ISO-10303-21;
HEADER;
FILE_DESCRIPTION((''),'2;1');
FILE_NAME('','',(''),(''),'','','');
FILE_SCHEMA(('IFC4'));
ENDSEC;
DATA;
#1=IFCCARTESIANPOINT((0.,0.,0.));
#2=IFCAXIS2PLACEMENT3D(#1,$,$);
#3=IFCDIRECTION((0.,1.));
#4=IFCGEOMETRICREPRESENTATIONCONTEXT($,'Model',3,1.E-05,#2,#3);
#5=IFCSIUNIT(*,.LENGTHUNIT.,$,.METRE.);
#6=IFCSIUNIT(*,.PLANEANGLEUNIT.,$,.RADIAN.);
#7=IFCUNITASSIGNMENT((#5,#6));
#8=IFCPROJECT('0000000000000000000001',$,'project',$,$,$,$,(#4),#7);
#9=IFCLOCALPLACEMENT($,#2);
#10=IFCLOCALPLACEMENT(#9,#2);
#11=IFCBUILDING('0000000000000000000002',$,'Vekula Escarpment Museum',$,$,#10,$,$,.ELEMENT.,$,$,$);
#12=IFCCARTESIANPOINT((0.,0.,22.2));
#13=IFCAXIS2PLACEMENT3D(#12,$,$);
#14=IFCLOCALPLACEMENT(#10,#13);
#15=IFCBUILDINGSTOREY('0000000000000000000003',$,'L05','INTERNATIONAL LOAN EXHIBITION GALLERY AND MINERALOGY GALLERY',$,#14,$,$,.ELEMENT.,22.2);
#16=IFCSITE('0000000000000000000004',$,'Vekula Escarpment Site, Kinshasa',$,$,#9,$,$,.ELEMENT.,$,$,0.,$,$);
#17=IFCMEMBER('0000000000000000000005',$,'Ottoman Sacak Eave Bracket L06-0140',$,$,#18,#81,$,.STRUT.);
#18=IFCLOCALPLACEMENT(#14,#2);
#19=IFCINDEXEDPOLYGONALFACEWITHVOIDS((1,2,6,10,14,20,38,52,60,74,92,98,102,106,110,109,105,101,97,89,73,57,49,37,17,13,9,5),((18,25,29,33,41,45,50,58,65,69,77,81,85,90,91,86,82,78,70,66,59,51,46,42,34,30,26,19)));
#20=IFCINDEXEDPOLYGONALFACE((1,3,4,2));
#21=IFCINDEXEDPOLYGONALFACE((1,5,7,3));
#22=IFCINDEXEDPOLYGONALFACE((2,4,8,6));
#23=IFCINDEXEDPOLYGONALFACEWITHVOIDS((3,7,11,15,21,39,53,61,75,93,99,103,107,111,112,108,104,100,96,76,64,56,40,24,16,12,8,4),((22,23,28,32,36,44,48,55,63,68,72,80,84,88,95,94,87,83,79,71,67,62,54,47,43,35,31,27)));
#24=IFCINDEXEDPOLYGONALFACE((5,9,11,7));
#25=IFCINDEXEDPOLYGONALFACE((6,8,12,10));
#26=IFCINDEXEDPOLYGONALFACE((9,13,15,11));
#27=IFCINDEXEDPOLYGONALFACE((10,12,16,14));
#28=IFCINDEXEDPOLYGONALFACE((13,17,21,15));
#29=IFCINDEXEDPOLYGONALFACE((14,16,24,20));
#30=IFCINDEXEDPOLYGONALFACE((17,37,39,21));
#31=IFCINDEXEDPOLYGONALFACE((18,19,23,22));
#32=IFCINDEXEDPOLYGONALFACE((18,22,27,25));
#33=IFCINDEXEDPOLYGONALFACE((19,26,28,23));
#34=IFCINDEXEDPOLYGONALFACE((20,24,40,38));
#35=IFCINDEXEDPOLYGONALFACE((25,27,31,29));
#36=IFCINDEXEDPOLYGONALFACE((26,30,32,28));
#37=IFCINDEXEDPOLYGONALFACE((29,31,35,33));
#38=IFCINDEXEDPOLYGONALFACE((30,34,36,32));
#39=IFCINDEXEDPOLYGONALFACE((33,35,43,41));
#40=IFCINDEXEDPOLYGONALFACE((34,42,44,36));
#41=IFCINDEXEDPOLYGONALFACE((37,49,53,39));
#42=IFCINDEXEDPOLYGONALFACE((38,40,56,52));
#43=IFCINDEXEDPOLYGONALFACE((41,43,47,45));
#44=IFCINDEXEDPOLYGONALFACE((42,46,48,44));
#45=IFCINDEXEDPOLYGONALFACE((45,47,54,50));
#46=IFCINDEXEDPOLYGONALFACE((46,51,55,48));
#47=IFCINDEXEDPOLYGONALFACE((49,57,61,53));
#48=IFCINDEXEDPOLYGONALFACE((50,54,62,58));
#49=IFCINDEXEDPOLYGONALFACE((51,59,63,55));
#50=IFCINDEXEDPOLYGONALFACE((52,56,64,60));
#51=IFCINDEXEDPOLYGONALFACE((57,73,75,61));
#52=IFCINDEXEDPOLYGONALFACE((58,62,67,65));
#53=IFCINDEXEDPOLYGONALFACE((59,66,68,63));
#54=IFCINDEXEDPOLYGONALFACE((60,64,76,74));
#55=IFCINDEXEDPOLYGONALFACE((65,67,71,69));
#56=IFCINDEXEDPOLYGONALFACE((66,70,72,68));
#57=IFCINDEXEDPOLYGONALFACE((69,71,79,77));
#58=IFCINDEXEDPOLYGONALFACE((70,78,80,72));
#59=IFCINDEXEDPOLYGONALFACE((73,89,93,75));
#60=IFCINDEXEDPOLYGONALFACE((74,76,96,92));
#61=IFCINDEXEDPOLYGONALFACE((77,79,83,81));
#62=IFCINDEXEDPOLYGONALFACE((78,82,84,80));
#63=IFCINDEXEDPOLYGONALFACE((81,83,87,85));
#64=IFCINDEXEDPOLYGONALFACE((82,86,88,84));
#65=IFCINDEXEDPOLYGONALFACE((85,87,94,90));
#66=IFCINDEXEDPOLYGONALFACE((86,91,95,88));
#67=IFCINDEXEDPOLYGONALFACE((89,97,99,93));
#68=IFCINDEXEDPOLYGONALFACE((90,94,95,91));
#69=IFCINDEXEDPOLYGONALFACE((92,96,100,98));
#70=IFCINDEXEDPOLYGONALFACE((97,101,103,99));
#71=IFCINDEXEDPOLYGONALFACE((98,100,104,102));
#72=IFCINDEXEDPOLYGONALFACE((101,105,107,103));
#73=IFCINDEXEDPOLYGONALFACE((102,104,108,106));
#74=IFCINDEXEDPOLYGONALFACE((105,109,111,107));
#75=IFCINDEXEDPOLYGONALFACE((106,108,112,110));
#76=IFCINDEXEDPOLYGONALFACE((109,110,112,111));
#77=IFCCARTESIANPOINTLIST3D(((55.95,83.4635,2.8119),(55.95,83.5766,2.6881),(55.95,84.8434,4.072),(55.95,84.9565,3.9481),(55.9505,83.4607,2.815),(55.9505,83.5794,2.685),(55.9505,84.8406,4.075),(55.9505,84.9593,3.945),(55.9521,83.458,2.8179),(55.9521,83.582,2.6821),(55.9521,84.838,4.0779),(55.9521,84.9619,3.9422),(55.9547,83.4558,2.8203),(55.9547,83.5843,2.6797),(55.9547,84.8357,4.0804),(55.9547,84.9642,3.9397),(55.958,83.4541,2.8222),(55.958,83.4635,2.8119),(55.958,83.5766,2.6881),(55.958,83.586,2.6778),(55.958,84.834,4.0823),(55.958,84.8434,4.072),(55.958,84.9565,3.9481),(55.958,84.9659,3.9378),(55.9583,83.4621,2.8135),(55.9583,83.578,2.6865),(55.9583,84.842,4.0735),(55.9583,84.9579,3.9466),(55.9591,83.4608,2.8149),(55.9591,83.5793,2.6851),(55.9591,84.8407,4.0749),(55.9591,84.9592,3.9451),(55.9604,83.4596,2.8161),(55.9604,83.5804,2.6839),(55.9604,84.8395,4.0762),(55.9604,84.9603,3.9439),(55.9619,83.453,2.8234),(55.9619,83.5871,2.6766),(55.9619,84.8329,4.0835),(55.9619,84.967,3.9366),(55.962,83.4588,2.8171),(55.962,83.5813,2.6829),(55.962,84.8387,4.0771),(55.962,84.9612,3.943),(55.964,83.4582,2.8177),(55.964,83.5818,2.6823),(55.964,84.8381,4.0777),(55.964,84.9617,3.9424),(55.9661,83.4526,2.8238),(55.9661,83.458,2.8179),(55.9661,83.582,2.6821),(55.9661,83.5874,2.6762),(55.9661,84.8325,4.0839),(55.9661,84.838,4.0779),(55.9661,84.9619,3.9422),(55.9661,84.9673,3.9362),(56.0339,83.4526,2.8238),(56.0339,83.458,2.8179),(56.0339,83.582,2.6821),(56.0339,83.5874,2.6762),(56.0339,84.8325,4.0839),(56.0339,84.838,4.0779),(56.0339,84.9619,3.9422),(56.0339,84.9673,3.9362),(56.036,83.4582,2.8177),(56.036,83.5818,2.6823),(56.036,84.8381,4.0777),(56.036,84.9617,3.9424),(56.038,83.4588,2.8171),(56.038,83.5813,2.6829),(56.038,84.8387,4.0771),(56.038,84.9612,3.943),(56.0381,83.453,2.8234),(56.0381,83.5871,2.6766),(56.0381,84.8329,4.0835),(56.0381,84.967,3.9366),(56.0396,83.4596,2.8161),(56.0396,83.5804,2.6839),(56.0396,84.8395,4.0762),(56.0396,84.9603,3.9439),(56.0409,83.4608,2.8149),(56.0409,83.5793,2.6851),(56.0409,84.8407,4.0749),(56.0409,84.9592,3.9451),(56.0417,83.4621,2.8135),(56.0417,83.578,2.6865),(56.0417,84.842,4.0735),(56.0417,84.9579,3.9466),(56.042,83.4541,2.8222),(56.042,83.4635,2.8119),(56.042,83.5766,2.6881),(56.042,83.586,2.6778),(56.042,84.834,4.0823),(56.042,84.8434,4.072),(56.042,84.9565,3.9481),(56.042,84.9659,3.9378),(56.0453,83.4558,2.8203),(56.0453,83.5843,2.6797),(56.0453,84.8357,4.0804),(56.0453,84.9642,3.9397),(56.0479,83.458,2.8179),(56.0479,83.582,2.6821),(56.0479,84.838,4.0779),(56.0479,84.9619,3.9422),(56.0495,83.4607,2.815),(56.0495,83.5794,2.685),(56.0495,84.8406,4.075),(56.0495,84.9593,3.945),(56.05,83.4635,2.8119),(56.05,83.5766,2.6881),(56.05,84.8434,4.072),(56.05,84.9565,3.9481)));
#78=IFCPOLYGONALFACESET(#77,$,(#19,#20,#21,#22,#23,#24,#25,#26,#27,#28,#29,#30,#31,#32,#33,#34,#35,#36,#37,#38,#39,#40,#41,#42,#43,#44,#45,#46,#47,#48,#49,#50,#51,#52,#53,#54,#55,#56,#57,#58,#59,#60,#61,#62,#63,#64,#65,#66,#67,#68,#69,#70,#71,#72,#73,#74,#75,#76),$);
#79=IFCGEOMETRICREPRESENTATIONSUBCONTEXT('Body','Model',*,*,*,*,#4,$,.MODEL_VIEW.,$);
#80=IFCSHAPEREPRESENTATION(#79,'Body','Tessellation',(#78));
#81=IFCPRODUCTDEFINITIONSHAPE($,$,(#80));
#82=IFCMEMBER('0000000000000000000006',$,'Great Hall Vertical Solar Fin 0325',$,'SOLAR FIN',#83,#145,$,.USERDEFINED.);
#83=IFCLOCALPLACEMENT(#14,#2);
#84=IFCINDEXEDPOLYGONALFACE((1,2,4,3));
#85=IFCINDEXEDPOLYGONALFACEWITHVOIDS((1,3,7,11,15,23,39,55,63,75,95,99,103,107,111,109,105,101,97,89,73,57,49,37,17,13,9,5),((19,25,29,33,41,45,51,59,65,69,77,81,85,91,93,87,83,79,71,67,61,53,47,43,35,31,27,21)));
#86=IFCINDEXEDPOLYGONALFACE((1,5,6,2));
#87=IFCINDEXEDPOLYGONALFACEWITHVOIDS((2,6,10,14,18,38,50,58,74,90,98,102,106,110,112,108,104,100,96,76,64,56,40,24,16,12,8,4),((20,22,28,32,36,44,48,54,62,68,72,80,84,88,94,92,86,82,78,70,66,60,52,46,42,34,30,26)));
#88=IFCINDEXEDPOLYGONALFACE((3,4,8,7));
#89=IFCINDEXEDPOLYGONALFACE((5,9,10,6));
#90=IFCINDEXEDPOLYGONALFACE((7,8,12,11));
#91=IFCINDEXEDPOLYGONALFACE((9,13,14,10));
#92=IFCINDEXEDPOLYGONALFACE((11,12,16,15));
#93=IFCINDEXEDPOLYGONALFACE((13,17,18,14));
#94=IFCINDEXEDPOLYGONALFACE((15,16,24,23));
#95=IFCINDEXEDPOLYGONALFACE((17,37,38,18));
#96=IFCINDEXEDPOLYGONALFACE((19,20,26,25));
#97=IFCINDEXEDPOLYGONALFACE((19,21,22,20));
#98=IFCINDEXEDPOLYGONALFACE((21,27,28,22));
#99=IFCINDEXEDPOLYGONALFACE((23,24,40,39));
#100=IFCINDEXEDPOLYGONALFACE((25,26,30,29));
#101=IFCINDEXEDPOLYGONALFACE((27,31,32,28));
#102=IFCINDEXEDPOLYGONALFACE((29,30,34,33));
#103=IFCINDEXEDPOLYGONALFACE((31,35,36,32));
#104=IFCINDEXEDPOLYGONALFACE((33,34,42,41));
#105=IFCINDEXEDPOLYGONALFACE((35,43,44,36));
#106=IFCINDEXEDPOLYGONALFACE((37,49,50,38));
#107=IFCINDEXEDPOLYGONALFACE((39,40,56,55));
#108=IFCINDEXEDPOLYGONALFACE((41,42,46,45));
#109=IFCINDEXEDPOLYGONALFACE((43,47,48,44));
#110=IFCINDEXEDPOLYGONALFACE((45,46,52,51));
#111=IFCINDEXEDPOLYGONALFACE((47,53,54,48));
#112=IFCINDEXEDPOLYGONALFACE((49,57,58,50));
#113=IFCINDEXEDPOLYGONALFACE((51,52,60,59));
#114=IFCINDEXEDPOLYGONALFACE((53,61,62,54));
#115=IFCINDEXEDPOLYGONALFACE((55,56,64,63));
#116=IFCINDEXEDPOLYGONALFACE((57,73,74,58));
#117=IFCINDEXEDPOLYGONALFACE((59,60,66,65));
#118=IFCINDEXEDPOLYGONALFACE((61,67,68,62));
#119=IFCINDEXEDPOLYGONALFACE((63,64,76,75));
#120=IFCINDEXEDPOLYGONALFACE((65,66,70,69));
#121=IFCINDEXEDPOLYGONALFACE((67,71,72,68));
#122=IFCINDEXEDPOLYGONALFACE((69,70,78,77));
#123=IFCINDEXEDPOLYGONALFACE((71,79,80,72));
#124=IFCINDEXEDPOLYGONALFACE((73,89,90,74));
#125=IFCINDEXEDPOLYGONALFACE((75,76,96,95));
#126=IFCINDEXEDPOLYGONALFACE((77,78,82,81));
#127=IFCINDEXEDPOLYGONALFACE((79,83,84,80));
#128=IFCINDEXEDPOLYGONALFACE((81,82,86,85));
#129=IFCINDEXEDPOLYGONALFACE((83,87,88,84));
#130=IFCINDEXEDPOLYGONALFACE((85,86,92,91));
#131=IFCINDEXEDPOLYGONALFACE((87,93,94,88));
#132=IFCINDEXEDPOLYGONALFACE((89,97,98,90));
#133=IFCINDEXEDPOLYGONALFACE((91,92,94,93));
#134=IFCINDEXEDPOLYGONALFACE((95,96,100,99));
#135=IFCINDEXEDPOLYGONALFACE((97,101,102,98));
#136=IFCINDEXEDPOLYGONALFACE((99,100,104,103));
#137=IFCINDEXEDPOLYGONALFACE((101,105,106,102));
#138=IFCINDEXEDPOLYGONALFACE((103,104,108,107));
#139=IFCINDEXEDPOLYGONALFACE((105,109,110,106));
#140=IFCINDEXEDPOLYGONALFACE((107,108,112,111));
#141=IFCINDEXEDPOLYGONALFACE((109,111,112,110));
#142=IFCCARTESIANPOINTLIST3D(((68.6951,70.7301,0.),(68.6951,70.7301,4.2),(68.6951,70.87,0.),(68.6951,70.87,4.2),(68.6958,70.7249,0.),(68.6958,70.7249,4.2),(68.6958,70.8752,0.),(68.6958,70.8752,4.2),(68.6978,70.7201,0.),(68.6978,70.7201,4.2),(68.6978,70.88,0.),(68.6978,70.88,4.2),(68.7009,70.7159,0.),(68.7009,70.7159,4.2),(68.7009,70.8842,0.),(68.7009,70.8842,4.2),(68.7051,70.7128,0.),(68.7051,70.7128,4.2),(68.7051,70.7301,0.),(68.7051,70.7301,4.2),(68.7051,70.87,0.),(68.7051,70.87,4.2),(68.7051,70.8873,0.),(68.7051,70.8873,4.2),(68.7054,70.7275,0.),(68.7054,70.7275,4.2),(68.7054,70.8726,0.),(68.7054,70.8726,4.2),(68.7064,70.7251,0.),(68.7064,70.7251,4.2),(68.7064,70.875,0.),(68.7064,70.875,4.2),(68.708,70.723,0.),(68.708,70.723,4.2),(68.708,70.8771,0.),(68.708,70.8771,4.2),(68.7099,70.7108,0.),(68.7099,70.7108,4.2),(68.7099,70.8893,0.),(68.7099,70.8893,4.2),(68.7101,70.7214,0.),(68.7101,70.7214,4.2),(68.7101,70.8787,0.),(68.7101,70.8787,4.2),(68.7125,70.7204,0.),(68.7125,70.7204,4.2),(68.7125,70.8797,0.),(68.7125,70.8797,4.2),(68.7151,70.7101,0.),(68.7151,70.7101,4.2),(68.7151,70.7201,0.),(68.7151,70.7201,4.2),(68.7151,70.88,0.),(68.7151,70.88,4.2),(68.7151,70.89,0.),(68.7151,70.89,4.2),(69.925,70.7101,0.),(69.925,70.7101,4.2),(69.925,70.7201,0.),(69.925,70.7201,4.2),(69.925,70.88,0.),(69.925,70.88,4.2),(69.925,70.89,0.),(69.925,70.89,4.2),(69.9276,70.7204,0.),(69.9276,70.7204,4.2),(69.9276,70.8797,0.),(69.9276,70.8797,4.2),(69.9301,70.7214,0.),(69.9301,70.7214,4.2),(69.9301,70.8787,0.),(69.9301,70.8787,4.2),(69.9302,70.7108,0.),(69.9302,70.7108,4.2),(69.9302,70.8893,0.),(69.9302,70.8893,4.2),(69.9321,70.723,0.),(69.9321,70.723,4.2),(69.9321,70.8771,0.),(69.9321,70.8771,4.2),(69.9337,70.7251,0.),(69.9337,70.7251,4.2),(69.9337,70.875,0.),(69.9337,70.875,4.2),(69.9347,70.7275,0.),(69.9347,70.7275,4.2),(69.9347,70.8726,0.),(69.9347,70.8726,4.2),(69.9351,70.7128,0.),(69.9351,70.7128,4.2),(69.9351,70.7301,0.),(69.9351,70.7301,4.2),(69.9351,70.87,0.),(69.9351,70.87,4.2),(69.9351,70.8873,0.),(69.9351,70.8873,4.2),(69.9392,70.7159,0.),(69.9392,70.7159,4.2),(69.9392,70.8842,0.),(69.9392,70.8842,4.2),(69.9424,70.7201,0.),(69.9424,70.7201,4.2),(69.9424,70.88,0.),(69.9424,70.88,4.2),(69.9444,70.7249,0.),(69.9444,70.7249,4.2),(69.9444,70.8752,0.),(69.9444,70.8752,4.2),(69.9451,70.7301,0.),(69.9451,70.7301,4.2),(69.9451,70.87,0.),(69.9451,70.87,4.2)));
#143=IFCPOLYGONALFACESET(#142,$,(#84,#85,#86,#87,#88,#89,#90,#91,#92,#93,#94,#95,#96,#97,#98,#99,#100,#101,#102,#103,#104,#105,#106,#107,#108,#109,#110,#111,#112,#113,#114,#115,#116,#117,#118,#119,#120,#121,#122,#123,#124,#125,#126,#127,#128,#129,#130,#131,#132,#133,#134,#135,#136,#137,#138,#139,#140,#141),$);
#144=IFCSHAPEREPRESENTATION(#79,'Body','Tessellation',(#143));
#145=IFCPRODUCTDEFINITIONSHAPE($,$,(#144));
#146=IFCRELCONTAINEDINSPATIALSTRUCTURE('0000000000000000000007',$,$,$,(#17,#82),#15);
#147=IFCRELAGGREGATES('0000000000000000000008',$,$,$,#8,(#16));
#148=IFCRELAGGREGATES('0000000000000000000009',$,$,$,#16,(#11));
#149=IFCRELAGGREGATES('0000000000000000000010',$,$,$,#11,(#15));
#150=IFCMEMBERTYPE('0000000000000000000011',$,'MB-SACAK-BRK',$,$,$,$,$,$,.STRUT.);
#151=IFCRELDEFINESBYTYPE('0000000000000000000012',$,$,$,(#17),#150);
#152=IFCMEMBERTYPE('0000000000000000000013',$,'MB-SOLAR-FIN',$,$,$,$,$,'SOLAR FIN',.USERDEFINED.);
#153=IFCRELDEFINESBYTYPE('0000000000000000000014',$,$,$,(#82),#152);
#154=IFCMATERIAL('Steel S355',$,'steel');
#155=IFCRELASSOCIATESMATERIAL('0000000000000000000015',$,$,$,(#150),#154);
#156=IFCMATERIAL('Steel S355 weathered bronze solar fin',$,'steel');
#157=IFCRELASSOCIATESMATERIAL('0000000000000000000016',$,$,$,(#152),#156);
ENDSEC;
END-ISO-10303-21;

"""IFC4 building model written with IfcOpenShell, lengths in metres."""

from ifc_helpers import new_model, si_unit, direction, frame, origin, origin_2d, place, context, subcontext, project, spatial, hollow_rectangle, extrude, material, material_profile, profile_set, type_object, element, save


model = new_model("IFC4")

# Units and contexts
model_context = context("Model", 3, precision=1e-05, world=origin(), true_north=direction((0.0, 1.0)))
body_context = subcontext(model_context, "Body", "Model", "MODEL_VIEW")
ifc_project = project(units=[si_unit("LENGTHUNIT", "METRE"), si_unit("PLANEANGLEUNIT", "RADIAN")], contexts=[model_context])

# Site, building, storey
site_placement = place(None, origin())
site = spatial("IfcSite", under=ifc_project, at=site_placement, Name="Vekula Escarpment Site, Kinshasa", CompositionType="ELEMENT", RefElevation=0.0)
building_placement = place(site_placement, origin())
building = spatial("IfcBuilding", under=site, at=building_placement, Name="Vekula Escarpment Museum", CompositionType="ELEMENT")
storey_placement = place(building_placement, frame((0.0, 0.0, 22.2)))
storey = spatial("IfcBuildingStorey", under=building, at=storey_placement, Name="L05", Description="INTERNATIONAL LOAN EXHIBITION GALLERY AND MINERALOGY GALLERY", CompositionType="ELEMENT", Elevation=22.2)

# Members
ifc_material_1 = material(Name="Steel S355", Category="steel")
ifc_material_profile_1 = material_profile(ifc_material_1, hollow_rectangle(XDim=0.1001, YDim=0.2, WallThickness=0.0081, InnerFilletRadius=0.0081, OuterFilletRadius=0.0161, at=origin_2d()), Name="RHS 200x100x8")
ifc_profile_set_1 = profile_set([ifc_material_profile_1], Name="Steel S355")
member_type_1 = type_object("IfcMemberType", Name="MB-SACAK-BRK", PredefinedType="STRUT", material=ifc_profile_set_1)
for number, where, z_axis, x_axis, name in (
    (1, (56.0, 83.52, 2.75), (0.0, 0.738454, 0.674303), (-1.0, 0.0, 0.0), "Ottoman Sacak Eave Bracket L06-0140"),
):
    element("IfcMember", number, at=place(storey_placement, frame(where, z_axis=z_axis, x_axis=x_axis)), inside=storey, type_object=member_type_1, Name=name, PredefinedType="STRUT", context=body_context, shape_type="SweptSolid", body=[
        extrude(hollow_rectangle(XDim=0.1001, YDim=0.2, WallThickness=0.0081, InnerFilletRadius=0.0081, OuterFilletRadius=0.0161, at=origin_2d()), origin(), (0.0, 0.0, 1.0), 1.8687),
    ])
ifc_material_2 = material(Name="Steel S355 weathered bronze solar fin", Category="steel")
ifc_material_profile_2 = material_profile(ifc_material_2, hollow_rectangle(XDim=0.1799, YDim=1.25, WallThickness=0.01, InnerFilletRadius=0.01, OuterFilletRadius=0.02, at=origin_2d()), Name="RHS 1250x180x10")
ifc_profile_set_2 = profile_set([ifc_material_profile_2], Name="Steel S355 weathered bronze solar fin")
member_type_2 = type_object("IfcMemberType", Name="MB-SOLAR-FIN", ElementType="SOLAR FIN", PredefinedType="USERDEFINED", material=ifc_profile_set_2)
for number, where, z_axis, x_axis, name in (
    (2, (69.3201, 70.8, 0.0), (0.0, 0.0, 1.0), (0.0, 1.0, 0.0), "Great Hall Vertical Solar Fin 0325"),
):
    element("IfcMember", number, at=place(storey_placement, frame(where, z_axis=z_axis, x_axis=x_axis)), inside=storey, type_object=member_type_2, Name=name, ObjectType="SOLAR FIN", PredefinedType="USERDEFINED", context=body_context, shape_type="SweptSolid", body=[
        extrude(hollow_rectangle(XDim=0.1799, YDim=1.25, WallThickness=0.01, InnerFilletRadius=0.01, OuterFilletRadius=0.02, at=origin_2d()), origin(), (0.0, 0.0, 1.0), 4.2),
    ])

save(model, "model.ifc")
